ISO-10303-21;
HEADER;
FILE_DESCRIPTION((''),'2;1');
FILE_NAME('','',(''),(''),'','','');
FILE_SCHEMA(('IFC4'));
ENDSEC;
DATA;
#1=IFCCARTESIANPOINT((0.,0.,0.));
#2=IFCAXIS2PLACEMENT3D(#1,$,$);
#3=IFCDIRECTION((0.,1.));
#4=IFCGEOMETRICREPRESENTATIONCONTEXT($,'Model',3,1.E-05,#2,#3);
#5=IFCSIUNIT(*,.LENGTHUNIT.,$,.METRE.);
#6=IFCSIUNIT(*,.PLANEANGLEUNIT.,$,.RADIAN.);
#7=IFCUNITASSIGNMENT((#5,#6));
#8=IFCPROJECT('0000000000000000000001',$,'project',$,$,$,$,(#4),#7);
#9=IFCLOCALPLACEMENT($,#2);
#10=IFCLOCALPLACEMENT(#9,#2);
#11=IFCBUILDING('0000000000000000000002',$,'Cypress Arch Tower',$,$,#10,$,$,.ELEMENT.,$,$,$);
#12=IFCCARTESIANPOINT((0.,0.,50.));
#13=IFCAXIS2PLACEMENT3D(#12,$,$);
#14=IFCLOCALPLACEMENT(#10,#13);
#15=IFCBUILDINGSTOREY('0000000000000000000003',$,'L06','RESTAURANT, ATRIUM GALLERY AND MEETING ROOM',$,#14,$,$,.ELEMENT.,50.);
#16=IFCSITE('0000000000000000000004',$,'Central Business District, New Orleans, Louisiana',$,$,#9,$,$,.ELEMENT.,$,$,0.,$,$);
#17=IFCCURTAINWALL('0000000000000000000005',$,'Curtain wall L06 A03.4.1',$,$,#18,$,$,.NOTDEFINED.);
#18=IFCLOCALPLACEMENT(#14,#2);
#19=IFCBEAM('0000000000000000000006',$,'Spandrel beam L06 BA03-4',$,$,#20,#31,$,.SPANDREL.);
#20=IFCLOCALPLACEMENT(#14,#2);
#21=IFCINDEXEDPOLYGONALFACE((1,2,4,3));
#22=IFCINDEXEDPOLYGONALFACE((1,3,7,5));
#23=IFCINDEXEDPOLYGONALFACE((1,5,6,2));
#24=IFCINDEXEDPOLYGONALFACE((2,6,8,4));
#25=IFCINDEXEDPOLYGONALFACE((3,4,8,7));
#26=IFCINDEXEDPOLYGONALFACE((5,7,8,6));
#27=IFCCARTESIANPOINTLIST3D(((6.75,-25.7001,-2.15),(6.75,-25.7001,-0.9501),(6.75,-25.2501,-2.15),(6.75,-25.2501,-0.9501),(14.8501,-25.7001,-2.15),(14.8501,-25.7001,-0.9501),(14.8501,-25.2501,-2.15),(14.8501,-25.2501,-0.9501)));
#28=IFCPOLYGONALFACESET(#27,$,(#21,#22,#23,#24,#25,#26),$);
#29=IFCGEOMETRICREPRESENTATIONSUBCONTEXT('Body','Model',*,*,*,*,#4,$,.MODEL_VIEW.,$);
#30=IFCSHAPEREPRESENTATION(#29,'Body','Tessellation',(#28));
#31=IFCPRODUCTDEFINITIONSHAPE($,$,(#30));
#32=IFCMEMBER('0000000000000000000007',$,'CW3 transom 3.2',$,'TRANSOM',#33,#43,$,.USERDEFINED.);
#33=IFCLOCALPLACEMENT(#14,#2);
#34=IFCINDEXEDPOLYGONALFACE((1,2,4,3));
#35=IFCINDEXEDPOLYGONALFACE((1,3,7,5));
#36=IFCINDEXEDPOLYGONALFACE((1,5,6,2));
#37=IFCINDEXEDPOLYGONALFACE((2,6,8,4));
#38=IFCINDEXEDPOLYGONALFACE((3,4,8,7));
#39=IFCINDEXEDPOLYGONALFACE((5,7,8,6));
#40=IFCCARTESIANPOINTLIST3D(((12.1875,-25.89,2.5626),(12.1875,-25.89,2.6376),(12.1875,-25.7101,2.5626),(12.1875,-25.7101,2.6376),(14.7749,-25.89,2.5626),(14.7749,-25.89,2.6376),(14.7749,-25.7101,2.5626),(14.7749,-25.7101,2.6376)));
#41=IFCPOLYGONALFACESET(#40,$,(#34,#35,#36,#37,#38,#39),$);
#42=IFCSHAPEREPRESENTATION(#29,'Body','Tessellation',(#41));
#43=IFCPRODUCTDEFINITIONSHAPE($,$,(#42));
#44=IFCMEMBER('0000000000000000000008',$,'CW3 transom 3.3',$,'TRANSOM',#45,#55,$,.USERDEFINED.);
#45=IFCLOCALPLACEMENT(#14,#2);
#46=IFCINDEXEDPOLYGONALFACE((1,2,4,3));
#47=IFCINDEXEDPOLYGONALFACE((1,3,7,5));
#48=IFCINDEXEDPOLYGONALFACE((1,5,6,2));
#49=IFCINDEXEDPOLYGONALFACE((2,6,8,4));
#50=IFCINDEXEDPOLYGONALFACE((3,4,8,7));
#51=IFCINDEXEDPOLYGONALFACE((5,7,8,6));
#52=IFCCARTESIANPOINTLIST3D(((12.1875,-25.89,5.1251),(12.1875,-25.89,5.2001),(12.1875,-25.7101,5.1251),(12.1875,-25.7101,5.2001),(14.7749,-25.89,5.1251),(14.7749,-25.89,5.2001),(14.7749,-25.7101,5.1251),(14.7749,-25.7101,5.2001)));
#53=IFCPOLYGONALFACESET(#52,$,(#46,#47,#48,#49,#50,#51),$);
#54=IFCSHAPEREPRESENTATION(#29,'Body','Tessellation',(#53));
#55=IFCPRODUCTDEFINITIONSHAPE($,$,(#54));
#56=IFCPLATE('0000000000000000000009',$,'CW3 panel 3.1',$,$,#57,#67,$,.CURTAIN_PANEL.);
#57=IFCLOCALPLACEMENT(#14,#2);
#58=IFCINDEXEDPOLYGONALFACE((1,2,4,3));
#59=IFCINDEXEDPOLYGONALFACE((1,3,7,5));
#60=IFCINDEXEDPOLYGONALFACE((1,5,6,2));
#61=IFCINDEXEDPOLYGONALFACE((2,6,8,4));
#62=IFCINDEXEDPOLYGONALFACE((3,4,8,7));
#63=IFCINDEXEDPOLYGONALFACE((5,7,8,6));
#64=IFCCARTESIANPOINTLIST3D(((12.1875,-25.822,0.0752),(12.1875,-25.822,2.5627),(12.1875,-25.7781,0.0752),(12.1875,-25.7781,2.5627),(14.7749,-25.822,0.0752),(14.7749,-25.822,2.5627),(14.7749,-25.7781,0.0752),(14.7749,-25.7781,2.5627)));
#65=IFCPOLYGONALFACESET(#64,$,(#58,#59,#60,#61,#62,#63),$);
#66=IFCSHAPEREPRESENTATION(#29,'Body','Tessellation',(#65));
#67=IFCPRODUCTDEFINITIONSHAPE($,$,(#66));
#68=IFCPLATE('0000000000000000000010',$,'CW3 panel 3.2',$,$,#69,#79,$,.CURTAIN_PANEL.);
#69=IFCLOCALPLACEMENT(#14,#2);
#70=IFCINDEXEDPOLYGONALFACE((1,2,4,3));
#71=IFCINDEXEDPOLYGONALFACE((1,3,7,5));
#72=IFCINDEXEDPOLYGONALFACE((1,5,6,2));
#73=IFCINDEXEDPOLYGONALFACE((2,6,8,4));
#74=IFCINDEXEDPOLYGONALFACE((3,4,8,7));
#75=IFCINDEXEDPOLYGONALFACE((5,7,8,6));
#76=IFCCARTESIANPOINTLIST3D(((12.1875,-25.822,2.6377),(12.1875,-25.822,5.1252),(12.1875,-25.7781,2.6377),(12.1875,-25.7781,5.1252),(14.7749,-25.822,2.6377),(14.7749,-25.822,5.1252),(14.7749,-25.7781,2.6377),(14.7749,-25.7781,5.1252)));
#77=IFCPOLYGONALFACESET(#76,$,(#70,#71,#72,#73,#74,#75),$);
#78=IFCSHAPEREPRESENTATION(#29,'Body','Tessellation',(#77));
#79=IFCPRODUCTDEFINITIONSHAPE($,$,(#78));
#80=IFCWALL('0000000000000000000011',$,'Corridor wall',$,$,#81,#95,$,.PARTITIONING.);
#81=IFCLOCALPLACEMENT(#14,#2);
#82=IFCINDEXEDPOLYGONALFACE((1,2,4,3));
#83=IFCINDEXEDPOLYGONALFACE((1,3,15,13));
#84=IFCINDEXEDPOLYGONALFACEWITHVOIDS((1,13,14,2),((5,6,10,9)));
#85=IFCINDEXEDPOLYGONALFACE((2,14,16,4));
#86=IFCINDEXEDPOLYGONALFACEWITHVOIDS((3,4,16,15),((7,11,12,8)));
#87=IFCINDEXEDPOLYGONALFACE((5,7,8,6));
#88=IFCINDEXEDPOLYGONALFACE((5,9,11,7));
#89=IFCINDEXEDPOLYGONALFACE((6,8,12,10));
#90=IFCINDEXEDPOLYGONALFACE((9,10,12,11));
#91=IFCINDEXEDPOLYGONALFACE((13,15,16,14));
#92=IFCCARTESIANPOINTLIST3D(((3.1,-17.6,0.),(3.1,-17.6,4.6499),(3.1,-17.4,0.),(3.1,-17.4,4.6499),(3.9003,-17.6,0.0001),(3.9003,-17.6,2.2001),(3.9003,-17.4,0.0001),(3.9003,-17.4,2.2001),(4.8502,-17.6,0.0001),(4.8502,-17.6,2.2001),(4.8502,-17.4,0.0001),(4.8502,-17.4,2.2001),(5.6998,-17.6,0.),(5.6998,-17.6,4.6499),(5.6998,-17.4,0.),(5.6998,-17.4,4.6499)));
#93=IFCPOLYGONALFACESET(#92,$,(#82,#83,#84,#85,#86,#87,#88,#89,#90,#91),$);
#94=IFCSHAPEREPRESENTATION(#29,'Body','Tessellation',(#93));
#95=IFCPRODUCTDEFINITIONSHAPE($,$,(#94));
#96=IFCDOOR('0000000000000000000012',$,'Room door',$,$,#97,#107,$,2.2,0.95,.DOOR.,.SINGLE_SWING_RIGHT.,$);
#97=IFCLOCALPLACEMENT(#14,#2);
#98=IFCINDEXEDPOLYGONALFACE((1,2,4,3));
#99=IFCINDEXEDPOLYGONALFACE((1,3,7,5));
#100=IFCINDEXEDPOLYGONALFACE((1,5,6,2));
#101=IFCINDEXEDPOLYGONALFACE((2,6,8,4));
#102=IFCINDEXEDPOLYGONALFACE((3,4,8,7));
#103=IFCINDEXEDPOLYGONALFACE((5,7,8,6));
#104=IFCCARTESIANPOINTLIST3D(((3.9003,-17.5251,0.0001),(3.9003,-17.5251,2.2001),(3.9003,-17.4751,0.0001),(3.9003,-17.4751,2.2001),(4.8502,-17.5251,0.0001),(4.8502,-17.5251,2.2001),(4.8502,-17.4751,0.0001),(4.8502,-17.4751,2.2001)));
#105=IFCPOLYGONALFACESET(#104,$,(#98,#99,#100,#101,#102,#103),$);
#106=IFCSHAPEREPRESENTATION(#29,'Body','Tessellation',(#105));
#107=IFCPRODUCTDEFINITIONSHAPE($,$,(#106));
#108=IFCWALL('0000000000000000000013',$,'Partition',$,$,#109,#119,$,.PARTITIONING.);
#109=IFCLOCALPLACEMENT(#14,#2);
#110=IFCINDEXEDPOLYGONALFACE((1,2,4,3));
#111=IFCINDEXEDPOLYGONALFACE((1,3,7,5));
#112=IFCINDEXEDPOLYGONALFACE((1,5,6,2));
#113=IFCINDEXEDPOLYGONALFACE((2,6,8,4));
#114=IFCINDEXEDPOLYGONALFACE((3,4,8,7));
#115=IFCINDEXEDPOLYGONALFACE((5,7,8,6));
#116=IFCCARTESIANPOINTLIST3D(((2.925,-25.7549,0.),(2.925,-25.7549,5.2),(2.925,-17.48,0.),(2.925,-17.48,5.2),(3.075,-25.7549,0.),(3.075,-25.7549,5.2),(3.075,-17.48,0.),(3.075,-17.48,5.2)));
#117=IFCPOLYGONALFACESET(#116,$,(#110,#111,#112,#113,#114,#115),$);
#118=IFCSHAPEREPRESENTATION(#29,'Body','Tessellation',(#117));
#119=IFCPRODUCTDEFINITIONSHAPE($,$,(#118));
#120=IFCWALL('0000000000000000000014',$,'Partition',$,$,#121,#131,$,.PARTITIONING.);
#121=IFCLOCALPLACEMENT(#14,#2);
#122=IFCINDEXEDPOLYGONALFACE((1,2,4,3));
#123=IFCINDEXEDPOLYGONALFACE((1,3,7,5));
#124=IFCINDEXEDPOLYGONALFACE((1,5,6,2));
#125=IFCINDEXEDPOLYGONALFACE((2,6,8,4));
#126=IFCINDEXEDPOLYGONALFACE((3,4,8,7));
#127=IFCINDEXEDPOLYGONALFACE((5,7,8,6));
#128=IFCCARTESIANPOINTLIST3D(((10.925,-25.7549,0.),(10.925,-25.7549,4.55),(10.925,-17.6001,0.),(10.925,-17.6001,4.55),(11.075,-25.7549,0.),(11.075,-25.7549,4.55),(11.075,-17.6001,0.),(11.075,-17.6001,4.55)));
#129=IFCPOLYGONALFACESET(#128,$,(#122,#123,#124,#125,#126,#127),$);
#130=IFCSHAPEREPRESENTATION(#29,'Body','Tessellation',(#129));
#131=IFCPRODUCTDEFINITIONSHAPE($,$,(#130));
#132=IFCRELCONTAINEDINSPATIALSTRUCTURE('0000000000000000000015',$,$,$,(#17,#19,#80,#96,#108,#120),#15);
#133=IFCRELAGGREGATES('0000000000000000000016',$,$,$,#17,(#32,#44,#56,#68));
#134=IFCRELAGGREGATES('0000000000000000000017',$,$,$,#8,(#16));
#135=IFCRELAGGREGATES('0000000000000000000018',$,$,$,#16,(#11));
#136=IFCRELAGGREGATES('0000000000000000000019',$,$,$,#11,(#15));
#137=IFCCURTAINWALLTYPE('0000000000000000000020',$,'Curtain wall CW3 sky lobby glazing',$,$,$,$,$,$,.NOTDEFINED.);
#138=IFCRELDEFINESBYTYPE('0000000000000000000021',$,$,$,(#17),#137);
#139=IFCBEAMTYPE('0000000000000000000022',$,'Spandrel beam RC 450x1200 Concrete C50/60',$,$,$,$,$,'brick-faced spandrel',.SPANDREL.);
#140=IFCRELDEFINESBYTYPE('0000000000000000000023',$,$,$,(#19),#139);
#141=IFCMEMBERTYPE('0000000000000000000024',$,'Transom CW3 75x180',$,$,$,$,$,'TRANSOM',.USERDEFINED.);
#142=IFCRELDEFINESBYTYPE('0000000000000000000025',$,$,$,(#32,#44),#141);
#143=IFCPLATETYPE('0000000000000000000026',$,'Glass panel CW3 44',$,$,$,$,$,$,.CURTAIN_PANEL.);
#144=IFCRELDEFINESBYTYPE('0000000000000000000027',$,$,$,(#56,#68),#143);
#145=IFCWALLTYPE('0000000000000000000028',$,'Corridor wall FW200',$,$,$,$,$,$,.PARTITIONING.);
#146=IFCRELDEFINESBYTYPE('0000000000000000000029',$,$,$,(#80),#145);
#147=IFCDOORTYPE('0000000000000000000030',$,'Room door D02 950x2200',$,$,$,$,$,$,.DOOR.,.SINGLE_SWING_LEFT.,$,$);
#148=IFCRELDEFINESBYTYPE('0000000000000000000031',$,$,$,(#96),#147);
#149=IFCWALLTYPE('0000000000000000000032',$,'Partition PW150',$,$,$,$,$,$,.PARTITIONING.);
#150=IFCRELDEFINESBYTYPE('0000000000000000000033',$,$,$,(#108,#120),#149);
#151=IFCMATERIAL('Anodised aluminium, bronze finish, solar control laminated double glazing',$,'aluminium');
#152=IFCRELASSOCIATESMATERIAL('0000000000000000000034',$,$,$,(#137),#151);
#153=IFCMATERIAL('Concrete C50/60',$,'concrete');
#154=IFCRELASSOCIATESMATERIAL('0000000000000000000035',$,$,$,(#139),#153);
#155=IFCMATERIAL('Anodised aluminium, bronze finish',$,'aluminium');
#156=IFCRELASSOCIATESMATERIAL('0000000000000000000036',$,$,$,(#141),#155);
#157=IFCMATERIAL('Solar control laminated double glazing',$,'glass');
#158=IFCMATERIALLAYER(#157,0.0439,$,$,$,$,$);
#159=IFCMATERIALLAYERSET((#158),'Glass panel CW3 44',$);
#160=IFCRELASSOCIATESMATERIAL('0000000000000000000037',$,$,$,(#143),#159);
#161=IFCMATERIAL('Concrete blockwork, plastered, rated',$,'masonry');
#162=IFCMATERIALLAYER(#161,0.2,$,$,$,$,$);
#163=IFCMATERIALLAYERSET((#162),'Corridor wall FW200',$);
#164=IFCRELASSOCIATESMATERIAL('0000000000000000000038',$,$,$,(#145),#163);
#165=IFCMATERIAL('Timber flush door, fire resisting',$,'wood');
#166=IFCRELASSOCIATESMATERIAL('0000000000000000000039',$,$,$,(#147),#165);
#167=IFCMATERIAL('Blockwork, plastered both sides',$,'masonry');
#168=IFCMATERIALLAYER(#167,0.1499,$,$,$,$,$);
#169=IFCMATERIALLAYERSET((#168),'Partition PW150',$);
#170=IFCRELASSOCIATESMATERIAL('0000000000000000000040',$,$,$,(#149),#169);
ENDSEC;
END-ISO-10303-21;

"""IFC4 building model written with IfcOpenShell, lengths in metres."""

from ifc_helpers import new_model, si_unit, direction, frame, frame_2d, origin, origin_2d, place, context, subcontext, project, spatial, rectangle, extrude, material, layer, layer_set, material_profile, profile_set, type_object, element, fill, aggregate, save


model = new_model("IFC4")

# Units and contexts
model_context = context("Model", 3, precision=1e-05, world=origin(), true_north=direction((0.0, 1.0)))
body_context = subcontext(model_context, "Body", "Model", "MODEL_VIEW")
ifc_project = project(units=[si_unit("LENGTHUNIT", "METRE"), si_unit("PLANEANGLEUNIT", "RADIAN")], contexts=[model_context])

# Site, building, storey
site_placement = place(None, origin())
site = spatial("IfcSite", under=ifc_project, at=site_placement, Name="Central Business District, New Orleans, Louisiana", CompositionType="ELEMENT", RefElevation=0.0)
building_placement = place(site_placement, origin())
building = spatial("IfcBuilding", under=site, at=building_placement, Name="Cypress Arch Tower", CompositionType="ELEMENT")
storey_placement = place(building_placement, frame((0.0, 0.0, 50.0)))
storey = spatial("IfcBuildingStorey", under=building, at=storey_placement, Name="L06", Description="RESTAURANT, ATRIUM GALLERY AND MEETING ROOM", CompositionType="ELEMENT", Elevation=50.0)

# Curtain wall
ifc_material_1 = material(Name="Anodised aluminium, bronze finish, solar control laminated double glazing", Category="aluminium")
curtain_wall_type = type_object("IfcCurtainWallType", Name="Curtain wall CW3 sky lobby glazing", PredefinedType="NOTDEFINED", material=ifc_material_1)
curtain_wall_placement = place(storey_placement, origin())
curtain_wall = element("IfcCurtainWall", 1, at=curtain_wall_placement, inside=storey, type_object=curtain_wall_type, Name="Curtain wall L06 A03.4.1", PredefinedType="NOTDEFINED")

# Beam
ifc_material_2 = material(Name="Concrete C50/60", Category="concrete")
ifc_material_profile_1 = material_profile(ifc_material_2, rectangle(XDim=0.45, YDim=1.2, at=origin_2d()), Name="RC 450x1200")
ifc_profile_set_1 = profile_set([ifc_material_profile_1], Name="Concrete C50/60")
beam_type_1 = type_object("IfcBeamType", Name="Spandrel beam RC 450x1200 Concrete C50/60", ElementType="brick-faced spandrel", PredefinedType="SPANDREL", material=ifc_profile_set_1)
for number, where, z_axis, x_axis, name in (
    (2, (6.75, -25.4751, -1.55), (1.0, 0.0, 0.0), (0.0, 1.0, 0.0), "Spandrel beam L06 BA03-4"),
):
    element("IfcBeam", number, at=place(storey_placement, frame(where, z_axis=z_axis, x_axis=x_axis)), inside=storey, type_object=beam_type_1, Name=name, PredefinedType="SPANDREL", context=body_context, shape_type="SweptSolid", body=[
        extrude(rectangle(XDim=0.45, YDim=1.2, at=origin_2d()), origin(), (0.0, 0.0, 1.0), 8.1001),
    ])

# Members
ifc_material_3 = material(Name="Anodised aluminium, bronze finish", Category="aluminium")
ifc_material_profile_2 = material_profile(ifc_material_3, rectangle(XDim=0.1799, YDim=0.075, at=origin_2d()), Name="Transom 75x180")
ifc_profile_set_2 = profile_set([ifc_material_profile_2], Name="Anodised aluminium, bronze finish")
member_type_1 = type_object("IfcMemberType", Name="Transom CW3 75x180", ElementType="TRANSOM", PredefinedType="USERDEFINED", material=ifc_profile_set_2)
member_1_placement = place(storey_placement, frame((12.1875, -25.8, 2.6001), z_axis=(1.0, 0.0, 0.0), x_axis=(0.0, 1.0, 0.0)))
member_1 = element("IfcMember", 3, at=member_1_placement, type_object=member_type_1, Name="CW3 transom 3.2", ObjectType="TRANSOM", PredefinedType="USERDEFINED", context=body_context, shape_type="SweptSolid", body=[
    extrude(rectangle(XDim=0.1799, YDim=0.075, at=origin_2d()), origin(), (0.0, 0.0, 1.0), 2.5874),
])
member_2_placement = place(storey_placement, frame((12.1875, -25.8, 5.1626), z_axis=(1.0, 0.0, 0.0), x_axis=(0.0, 1.0, 0.0)))
member_2 = element("IfcMember", 4, at=member_2_placement, type_object=member_type_1, Name="CW3 transom 3.3", ObjectType="TRANSOM", PredefinedType="USERDEFINED", context=body_context, shape_type="SweptSolid", body=[
    extrude(rectangle(XDim=0.1799, YDim=0.075, at=origin_2d()), origin(), (0.0, 0.0, 1.0), 2.5874),
])

# Plates
ifc_material_4 = material(Name="Solar control laminated double glazing", Category="glass")
ifc_layer_1 = layer(ifc_material_4, 0.0439)
ifc_layer_set_1 = layer_set([ifc_layer_1], Name="Glass panel CW3 44")
plate_type = type_object("IfcPlateType", Name="Glass panel CW3 44", PredefinedType="CURTAIN_PANEL", material=ifc_layer_set_1)
plate_1_placement = place(storey_placement, frame((13.4812, -25.8, 0.0752), z_axis=(0.0, 0.0, 1.0), x_axis=(1.0, 0.0, 0.0)))
plate_1 = element("IfcPlate", 5, at=plate_1_placement, type_object=plate_type, Name="CW3 panel 3.1", PredefinedType="CURTAIN_PANEL", context=body_context, shape_type="SweptSolid", body=[
    extrude(rectangle(XDim=2.5874, YDim=0.0439, at=origin_2d()), origin(), (0.0, 0.0, 1.0), 2.4875),
])
plate_2_placement = place(storey_placement, frame((13.4812, -25.8, 2.6377), z_axis=(0.0, 0.0, 1.0), x_axis=(1.0, 0.0, 0.0)))
plate_2 = element("IfcPlate", 6, at=plate_2_placement, type_object=plate_type, Name="CW3 panel 3.2", PredefinedType="CURTAIN_PANEL", context=body_context, shape_type="SweptSolid", body=[
    extrude(rectangle(XDim=2.5874, YDim=0.0439, at=origin_2d()), origin(), (0.0, 0.0, 1.0), 2.4875),
])
aggregate(curtain_wall, [member_1, member_2, plate_1, plate_2])

# Wall, opening, door
ifc_material_5 = material(Name="Concrete blockwork, plastered, rated", Category="masonry")
ifc_layer_2 = layer(ifc_material_5, 0.2)
ifc_layer_set_2 = layer_set([ifc_layer_2], Name="Corridor wall FW200")
wall_type_1 = type_object("IfcWallType", Name="Corridor wall FW200", PredefinedType="PARTITIONING", material=ifc_layer_set_2)
wall_1_placement = place(storey_placement, frame((3.1001, -17.5, 0.0), z_axis=(0.0, 0.0, 1.0), x_axis=(1.0, 0.0, 0.0)))
wall_1 = element("IfcWall", 7, at=wall_1_placement, inside=storey, type_object=wall_type_1, Name="Corridor wall", PredefinedType="PARTITIONING", context=body_context, shape_type="SweptSolid", body=[
    extrude(rectangle(XDim=2.5999, YDim=0.2, at=frame_2d((1.2998, 0.0))), origin(), (0.0, 0.0, 1.0), 4.6499),
])
opening_placement = place(wall_1_placement, frame((0.8, 0.0, 0.0)))
opening = element("IfcOpeningElement", 8, at=opening_placement, cuts=wall_1, PredefinedType="OPENING", context=body_context, shape_type="SweptSolid", body=[
    extrude(rectangle(XDim=0.95, YDim=2.2, at=frame_2d((0.4751, 1.1001))), frame((0.0, 0.1099, 0.0), z_axis=(0.0, -1.0, 0.0), x_axis=(1.0, 0.0, 0.0)), (0.0, 0.0, 1.0), 0.22),
])
ifc_material_6 = material(Name="Timber flush door, fire resisting", Category="wood")
door_type = type_object("IfcDoorType", Name="Room door D02 950x2200", OperationType="SINGLE_SWING_LEFT", PredefinedType="DOOR", material=ifc_material_6)
door_placement = place(opening_placement, origin())
door = element("IfcDoor", 9, at=door_placement, inside=storey, type_object=door_type, Name="Room door", OperationType="SINGLE_SWING_RIGHT", OverallHeight=2.2, OverallWidth=0.95, PredefinedType="DOOR", context=body_context, shape_type="SweptSolid", body=[
    extrude(rectangle(XDim=0.95, YDim=2.2, at=frame_2d((0.4751, 1.1001))), frame((0.0, 0.0249, 0.0), z_axis=(0.0, -1.0, 0.0), x_axis=(1.0, 0.0, 0.0)), (0.0, 0.0, 1.0), 0.05),
])
fill(opening, door)

# Walls
ifc_material_7 = material(Name="Blockwork, plastered both sides", Category="masonry")
ifc_layer_3 = layer(ifc_material_7, 0.1499)
ifc_layer_set_3 = layer_set([ifc_layer_3], Name="Partition PW150")
wall_type_2 = type_object("IfcWallType", Name="Partition PW150", PredefinedType="PARTITIONING", material=ifc_layer_set_3)
wall_2_placement = place(storey_placement, frame((3.0, -25.7549, 0.0), z_axis=(0.0, 0.0, 1.0), x_axis=(0.0, 1.0, 0.0)))
element("IfcWall", 10, at=wall_2_placement, inside=storey, type_object=wall_type_2, Name="Partition", PredefinedType="PARTITIONING", context=body_context, shape_type="SweptSolid", body=[
    extrude(rectangle(XDim=8.2749, YDim=0.1499, at=frame_2d((4.1375, 0.0))), origin(), (0.0, 0.0, 1.0), 5.2),
])
wall_3_placement = place(storey_placement, frame((11.0, -25.7549, 0.0), z_axis=(0.0, 0.0, 1.0), x_axis=(0.0, 1.0, 0.0)))
element("IfcWall", 11, at=wall_3_placement, inside=storey, type_object=wall_type_2, Name="Partition", PredefinedType="PARTITIONING", context=body_context, shape_type="SweptSolid", body=[
    extrude(rectangle(XDim=8.1548, YDim=0.1499, at=frame_2d((4.0774, 0.0))), origin(), (0.0, 0.0, 1.0), 4.55),
])

save(model, "model.ifc")
